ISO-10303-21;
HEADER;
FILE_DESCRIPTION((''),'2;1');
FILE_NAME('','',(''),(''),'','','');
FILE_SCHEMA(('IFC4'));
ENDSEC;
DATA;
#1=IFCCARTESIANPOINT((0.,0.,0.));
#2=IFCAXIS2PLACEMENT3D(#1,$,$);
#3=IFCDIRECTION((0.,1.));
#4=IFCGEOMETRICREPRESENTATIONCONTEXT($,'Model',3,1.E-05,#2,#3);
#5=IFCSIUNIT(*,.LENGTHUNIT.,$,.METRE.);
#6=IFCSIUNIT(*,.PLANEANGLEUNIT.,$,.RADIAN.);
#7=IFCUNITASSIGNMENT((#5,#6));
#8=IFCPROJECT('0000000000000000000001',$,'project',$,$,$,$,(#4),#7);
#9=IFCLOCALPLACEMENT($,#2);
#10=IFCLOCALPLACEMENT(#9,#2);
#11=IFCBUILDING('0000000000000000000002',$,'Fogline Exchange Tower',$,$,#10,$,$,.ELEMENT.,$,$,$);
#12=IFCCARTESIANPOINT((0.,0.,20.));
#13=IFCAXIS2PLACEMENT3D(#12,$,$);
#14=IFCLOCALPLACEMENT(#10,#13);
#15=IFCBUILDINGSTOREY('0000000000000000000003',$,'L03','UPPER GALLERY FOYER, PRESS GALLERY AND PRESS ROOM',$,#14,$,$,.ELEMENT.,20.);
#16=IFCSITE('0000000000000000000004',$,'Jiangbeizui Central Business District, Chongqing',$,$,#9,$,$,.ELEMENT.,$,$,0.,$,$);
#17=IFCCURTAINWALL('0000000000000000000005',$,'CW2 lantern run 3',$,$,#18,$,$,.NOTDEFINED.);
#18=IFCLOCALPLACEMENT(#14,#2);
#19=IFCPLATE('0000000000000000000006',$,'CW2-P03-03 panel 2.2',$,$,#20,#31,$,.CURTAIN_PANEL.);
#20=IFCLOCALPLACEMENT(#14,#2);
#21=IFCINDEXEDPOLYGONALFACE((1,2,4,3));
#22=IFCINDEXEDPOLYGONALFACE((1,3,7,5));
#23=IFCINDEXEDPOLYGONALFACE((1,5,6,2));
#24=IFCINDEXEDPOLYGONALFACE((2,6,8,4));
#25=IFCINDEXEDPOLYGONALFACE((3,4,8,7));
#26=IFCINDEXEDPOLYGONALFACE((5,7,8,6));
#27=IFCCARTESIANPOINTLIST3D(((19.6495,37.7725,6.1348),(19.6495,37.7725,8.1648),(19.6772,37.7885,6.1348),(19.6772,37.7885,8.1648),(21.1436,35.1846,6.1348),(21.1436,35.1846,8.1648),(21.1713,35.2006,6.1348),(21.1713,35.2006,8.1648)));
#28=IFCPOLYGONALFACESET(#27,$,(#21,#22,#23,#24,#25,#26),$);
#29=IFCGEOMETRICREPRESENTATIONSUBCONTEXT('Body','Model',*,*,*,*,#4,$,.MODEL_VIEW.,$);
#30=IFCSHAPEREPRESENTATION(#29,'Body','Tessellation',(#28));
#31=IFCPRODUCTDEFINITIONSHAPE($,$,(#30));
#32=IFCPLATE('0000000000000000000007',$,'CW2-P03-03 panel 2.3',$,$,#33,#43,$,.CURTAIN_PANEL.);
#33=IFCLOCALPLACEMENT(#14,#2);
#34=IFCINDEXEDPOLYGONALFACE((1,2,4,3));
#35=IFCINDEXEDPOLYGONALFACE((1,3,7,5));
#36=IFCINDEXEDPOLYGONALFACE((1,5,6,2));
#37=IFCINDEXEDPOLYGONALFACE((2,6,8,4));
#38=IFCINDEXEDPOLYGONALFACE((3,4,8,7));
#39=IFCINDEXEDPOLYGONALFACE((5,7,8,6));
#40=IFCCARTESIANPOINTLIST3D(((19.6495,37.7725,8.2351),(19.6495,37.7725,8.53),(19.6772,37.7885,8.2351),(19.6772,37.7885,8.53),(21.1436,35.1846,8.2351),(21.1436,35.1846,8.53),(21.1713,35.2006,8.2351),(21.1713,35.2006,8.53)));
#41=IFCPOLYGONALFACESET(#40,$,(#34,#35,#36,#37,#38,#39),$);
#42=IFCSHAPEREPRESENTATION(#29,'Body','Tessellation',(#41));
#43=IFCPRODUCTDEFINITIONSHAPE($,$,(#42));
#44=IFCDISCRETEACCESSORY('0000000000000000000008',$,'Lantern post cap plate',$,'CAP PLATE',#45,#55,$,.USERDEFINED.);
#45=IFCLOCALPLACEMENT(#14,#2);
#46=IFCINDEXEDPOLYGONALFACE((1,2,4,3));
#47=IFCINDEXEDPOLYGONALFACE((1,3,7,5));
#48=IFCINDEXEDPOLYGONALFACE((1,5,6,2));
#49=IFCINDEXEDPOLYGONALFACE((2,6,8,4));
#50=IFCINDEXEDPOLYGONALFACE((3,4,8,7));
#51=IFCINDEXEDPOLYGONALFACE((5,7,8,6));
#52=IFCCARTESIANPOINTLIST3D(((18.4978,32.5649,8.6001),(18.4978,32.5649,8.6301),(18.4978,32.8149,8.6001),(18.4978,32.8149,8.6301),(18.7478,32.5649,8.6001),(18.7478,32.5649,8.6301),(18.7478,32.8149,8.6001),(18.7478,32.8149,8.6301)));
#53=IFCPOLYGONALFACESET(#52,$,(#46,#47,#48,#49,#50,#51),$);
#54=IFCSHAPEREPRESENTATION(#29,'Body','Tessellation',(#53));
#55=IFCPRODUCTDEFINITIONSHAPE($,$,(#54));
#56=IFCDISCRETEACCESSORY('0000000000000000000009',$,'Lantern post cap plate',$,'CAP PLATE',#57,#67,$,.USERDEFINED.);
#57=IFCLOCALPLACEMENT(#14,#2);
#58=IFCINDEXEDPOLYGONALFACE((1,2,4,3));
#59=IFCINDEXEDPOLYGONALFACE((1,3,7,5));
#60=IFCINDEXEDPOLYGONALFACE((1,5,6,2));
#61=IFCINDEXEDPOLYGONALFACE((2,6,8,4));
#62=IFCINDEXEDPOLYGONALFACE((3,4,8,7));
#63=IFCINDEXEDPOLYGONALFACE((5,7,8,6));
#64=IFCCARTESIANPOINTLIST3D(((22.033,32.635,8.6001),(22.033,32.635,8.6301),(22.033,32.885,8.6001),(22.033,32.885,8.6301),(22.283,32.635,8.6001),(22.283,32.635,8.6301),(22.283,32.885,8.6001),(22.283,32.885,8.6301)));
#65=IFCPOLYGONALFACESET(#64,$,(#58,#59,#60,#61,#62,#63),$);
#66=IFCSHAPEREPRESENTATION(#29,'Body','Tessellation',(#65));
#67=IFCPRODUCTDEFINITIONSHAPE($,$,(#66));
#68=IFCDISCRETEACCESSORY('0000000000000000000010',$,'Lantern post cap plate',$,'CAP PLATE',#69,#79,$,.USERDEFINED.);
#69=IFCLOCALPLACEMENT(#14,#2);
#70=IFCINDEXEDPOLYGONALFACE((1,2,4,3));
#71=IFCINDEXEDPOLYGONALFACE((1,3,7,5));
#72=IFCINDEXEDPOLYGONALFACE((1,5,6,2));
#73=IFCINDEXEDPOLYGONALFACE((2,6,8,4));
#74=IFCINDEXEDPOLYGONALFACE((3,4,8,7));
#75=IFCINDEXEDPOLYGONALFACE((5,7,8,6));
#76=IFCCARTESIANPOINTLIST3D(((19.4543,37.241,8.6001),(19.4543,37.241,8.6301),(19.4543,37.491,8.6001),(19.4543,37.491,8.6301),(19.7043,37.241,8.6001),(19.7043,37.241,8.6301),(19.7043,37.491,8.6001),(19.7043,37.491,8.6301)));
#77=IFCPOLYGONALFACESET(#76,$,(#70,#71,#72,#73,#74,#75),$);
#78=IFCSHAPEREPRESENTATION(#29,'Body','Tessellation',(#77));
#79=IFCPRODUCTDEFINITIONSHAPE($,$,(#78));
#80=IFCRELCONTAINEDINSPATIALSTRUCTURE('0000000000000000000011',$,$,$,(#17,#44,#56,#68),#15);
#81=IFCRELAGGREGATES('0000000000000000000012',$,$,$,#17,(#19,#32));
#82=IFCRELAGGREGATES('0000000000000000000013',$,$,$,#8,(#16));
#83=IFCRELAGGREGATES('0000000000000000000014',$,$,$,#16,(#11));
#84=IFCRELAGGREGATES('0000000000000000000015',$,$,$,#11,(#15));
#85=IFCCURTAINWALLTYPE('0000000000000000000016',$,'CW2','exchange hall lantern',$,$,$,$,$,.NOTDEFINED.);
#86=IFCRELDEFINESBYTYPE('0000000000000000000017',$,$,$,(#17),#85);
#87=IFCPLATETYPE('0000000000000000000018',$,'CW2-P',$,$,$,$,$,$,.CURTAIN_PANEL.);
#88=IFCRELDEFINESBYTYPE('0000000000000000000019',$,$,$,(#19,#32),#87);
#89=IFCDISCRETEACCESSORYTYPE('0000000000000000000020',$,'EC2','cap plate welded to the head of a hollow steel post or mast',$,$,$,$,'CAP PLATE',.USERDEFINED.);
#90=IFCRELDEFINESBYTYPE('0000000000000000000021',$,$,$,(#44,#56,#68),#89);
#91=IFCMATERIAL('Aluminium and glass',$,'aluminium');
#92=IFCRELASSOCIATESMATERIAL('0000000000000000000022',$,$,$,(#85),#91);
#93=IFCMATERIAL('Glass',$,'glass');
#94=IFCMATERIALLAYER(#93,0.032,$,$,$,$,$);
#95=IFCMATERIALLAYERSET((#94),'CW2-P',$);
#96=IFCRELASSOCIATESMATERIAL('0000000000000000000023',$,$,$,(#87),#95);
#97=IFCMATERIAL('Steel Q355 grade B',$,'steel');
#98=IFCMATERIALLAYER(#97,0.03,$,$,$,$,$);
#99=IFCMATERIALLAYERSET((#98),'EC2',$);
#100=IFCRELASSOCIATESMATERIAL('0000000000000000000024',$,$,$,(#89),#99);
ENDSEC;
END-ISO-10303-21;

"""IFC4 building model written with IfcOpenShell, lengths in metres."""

from ifc_helpers import new_model, si_unit, direction, frame, origin, origin_2d, place, context, subcontext, project, spatial, rectangle, extrude, material, layer, layer_set, type_object, element, aggregate, save


model = new_model("IFC4")

# Units and contexts
model_context = context("Model", 3, precision=1e-05, world=origin(), true_north=direction((0.0, 1.0)))
body_context = subcontext(model_context, "Body", "Model", "MODEL_VIEW")
ifc_project = project(units=[si_unit("LENGTHUNIT", "METRE"), si_unit("PLANEANGLEUNIT", "RADIAN")], contexts=[model_context])

# Site, building, storey
site_placement = place(None, origin())
site = spatial("IfcSite", under=ifc_project, at=site_placement, Name="Jiangbeizui Central Business District, Chongqing", CompositionType="ELEMENT", RefElevation=0.0)
building_placement = place(site_placement, origin())
building = spatial("IfcBuilding", under=site, at=building_placement, Name="Fogline Exchange Tower", CompositionType="ELEMENT")
storey_placement = place(building_placement, frame((0.0, 0.0, 20.0)))
storey = spatial("IfcBuildingStorey", under=building, at=storey_placement, Name="L03", Description="UPPER GALLERY FOYER, PRESS GALLERY AND PRESS ROOM", CompositionType="ELEMENT", Elevation=20.0)

# Curtain wall
ifc_material_1 = material(Name="Aluminium and glass", Category="aluminium")
curtain_wall_type = type_object("IfcCurtainWallType", Name="CW2", Description="exchange hall lantern", PredefinedType="NOTDEFINED", material=ifc_material_1)
curtain_wall_1_placement = place(storey_placement, origin())
curtain_wall_1 = element("IfcCurtainWall", 1, at=curtain_wall_1_placement, inside=storey, type_object=curtain_wall_type, Name="CW2 lantern run 3", PredefinedType="NOTDEFINED")

# Shared definitions
ifc_material_2 = material(Name="Steel Q355 grade B", Category="steel")

# Plates
ifc_material_3 = material(Name="Glass", Category="glass")
ifc_layer_1 = layer(ifc_material_3, 0.032)
ifc_layer_set_1 = layer_set([ifc_layer_1], Name="CW2-P")
plate_type = type_object("IfcPlateType", Name="CW2-P", PredefinedType="CURTAIN_PANEL", material=ifc_layer_set_1)
plate_1_placement = place(storey_placement, frame((20.4104, 36.4866, 6.1348), z_axis=(0.0, 0.0, 1.0), x_axis=(-0.5, 0.866025, 0.0)))
plate_1 = element("IfcPlate", 2, at=plate_1_placement, type_object=plate_type, Name="CW2-P03-03 panel 2.2", PredefinedType="CURTAIN_PANEL", context=body_context, shape_type="SweptSolid", body=[
    extrude(rectangle(XDim=2.9883, YDim=0.032, at=origin_2d()), origin(), (0.0, 0.0, 1.0), 2.03),
])
plate_2_placement = place(storey_placement, frame((20.4104, 36.4866, 8.2351), z_axis=(0.0, 0.0, 1.0), x_axis=(-0.5, 0.866025, 0.0)))
plate_2 = element("IfcPlate", 3, at=plate_2_placement, type_object=plate_type, Name="CW2-P03-03 panel 2.3", PredefinedType="CURTAIN_PANEL", context=body_context, shape_type="SweptSolid", body=[
    extrude(rectangle(XDim=2.9883, YDim=0.032, at=origin_2d()), origin(), (0.0, 0.0, 1.0), 0.2949),
])
aggregate(curtain_wall_1, [plate_1, plate_2])

# Discrete accessories
ifc_layer_2 = layer(ifc_material_2, 0.03)
ifc_layer_set_2 = layer_set([ifc_layer_2], Name="EC2")
discrete_accessory_type = type_object("IfcDiscreteAccessoryType", Name="EC2", Description="cap plate welded to the head of a hollow steel post or mast", ElementType="CAP PLATE", PredefinedType="USERDEFINED", material=ifc_layer_set_2)
for number, where, z_axis, x_axis, name in (
    (4, (18.6228, 32.6899, 8.6001), (0.0, 0.0, 1.0), (1.0, 0.0, 0.0), "Lantern post cap plate"),
    (5, (22.158, 32.76, 8.6001), (0.0, 0.0, 1.0), (1.0, 0.0, 0.0), "Lantern post cap plate"),
    (6, (19.5793, 37.366, 8.6001), (0.0, 0.0, 1.0), (1.0, 0.0, 0.0), "Lantern post cap plate"),
):
    element("IfcDiscreteAccessory", number, at=place(storey_placement, frame(where, z_axis=z_axis, x_axis=x_axis)), inside=storey, type_object=discrete_accessory_type, Name=name, ObjectType="CAP PLATE", PredefinedType="USERDEFINED", context=body_context, shape_type="SweptSolid", body=[
        extrude(rectangle(XDim=0.25, YDim=0.25, at=origin_2d()), origin(), (0.0, 0.0, 1.0), 0.03),
    ])

save(model, "model.ifc")
